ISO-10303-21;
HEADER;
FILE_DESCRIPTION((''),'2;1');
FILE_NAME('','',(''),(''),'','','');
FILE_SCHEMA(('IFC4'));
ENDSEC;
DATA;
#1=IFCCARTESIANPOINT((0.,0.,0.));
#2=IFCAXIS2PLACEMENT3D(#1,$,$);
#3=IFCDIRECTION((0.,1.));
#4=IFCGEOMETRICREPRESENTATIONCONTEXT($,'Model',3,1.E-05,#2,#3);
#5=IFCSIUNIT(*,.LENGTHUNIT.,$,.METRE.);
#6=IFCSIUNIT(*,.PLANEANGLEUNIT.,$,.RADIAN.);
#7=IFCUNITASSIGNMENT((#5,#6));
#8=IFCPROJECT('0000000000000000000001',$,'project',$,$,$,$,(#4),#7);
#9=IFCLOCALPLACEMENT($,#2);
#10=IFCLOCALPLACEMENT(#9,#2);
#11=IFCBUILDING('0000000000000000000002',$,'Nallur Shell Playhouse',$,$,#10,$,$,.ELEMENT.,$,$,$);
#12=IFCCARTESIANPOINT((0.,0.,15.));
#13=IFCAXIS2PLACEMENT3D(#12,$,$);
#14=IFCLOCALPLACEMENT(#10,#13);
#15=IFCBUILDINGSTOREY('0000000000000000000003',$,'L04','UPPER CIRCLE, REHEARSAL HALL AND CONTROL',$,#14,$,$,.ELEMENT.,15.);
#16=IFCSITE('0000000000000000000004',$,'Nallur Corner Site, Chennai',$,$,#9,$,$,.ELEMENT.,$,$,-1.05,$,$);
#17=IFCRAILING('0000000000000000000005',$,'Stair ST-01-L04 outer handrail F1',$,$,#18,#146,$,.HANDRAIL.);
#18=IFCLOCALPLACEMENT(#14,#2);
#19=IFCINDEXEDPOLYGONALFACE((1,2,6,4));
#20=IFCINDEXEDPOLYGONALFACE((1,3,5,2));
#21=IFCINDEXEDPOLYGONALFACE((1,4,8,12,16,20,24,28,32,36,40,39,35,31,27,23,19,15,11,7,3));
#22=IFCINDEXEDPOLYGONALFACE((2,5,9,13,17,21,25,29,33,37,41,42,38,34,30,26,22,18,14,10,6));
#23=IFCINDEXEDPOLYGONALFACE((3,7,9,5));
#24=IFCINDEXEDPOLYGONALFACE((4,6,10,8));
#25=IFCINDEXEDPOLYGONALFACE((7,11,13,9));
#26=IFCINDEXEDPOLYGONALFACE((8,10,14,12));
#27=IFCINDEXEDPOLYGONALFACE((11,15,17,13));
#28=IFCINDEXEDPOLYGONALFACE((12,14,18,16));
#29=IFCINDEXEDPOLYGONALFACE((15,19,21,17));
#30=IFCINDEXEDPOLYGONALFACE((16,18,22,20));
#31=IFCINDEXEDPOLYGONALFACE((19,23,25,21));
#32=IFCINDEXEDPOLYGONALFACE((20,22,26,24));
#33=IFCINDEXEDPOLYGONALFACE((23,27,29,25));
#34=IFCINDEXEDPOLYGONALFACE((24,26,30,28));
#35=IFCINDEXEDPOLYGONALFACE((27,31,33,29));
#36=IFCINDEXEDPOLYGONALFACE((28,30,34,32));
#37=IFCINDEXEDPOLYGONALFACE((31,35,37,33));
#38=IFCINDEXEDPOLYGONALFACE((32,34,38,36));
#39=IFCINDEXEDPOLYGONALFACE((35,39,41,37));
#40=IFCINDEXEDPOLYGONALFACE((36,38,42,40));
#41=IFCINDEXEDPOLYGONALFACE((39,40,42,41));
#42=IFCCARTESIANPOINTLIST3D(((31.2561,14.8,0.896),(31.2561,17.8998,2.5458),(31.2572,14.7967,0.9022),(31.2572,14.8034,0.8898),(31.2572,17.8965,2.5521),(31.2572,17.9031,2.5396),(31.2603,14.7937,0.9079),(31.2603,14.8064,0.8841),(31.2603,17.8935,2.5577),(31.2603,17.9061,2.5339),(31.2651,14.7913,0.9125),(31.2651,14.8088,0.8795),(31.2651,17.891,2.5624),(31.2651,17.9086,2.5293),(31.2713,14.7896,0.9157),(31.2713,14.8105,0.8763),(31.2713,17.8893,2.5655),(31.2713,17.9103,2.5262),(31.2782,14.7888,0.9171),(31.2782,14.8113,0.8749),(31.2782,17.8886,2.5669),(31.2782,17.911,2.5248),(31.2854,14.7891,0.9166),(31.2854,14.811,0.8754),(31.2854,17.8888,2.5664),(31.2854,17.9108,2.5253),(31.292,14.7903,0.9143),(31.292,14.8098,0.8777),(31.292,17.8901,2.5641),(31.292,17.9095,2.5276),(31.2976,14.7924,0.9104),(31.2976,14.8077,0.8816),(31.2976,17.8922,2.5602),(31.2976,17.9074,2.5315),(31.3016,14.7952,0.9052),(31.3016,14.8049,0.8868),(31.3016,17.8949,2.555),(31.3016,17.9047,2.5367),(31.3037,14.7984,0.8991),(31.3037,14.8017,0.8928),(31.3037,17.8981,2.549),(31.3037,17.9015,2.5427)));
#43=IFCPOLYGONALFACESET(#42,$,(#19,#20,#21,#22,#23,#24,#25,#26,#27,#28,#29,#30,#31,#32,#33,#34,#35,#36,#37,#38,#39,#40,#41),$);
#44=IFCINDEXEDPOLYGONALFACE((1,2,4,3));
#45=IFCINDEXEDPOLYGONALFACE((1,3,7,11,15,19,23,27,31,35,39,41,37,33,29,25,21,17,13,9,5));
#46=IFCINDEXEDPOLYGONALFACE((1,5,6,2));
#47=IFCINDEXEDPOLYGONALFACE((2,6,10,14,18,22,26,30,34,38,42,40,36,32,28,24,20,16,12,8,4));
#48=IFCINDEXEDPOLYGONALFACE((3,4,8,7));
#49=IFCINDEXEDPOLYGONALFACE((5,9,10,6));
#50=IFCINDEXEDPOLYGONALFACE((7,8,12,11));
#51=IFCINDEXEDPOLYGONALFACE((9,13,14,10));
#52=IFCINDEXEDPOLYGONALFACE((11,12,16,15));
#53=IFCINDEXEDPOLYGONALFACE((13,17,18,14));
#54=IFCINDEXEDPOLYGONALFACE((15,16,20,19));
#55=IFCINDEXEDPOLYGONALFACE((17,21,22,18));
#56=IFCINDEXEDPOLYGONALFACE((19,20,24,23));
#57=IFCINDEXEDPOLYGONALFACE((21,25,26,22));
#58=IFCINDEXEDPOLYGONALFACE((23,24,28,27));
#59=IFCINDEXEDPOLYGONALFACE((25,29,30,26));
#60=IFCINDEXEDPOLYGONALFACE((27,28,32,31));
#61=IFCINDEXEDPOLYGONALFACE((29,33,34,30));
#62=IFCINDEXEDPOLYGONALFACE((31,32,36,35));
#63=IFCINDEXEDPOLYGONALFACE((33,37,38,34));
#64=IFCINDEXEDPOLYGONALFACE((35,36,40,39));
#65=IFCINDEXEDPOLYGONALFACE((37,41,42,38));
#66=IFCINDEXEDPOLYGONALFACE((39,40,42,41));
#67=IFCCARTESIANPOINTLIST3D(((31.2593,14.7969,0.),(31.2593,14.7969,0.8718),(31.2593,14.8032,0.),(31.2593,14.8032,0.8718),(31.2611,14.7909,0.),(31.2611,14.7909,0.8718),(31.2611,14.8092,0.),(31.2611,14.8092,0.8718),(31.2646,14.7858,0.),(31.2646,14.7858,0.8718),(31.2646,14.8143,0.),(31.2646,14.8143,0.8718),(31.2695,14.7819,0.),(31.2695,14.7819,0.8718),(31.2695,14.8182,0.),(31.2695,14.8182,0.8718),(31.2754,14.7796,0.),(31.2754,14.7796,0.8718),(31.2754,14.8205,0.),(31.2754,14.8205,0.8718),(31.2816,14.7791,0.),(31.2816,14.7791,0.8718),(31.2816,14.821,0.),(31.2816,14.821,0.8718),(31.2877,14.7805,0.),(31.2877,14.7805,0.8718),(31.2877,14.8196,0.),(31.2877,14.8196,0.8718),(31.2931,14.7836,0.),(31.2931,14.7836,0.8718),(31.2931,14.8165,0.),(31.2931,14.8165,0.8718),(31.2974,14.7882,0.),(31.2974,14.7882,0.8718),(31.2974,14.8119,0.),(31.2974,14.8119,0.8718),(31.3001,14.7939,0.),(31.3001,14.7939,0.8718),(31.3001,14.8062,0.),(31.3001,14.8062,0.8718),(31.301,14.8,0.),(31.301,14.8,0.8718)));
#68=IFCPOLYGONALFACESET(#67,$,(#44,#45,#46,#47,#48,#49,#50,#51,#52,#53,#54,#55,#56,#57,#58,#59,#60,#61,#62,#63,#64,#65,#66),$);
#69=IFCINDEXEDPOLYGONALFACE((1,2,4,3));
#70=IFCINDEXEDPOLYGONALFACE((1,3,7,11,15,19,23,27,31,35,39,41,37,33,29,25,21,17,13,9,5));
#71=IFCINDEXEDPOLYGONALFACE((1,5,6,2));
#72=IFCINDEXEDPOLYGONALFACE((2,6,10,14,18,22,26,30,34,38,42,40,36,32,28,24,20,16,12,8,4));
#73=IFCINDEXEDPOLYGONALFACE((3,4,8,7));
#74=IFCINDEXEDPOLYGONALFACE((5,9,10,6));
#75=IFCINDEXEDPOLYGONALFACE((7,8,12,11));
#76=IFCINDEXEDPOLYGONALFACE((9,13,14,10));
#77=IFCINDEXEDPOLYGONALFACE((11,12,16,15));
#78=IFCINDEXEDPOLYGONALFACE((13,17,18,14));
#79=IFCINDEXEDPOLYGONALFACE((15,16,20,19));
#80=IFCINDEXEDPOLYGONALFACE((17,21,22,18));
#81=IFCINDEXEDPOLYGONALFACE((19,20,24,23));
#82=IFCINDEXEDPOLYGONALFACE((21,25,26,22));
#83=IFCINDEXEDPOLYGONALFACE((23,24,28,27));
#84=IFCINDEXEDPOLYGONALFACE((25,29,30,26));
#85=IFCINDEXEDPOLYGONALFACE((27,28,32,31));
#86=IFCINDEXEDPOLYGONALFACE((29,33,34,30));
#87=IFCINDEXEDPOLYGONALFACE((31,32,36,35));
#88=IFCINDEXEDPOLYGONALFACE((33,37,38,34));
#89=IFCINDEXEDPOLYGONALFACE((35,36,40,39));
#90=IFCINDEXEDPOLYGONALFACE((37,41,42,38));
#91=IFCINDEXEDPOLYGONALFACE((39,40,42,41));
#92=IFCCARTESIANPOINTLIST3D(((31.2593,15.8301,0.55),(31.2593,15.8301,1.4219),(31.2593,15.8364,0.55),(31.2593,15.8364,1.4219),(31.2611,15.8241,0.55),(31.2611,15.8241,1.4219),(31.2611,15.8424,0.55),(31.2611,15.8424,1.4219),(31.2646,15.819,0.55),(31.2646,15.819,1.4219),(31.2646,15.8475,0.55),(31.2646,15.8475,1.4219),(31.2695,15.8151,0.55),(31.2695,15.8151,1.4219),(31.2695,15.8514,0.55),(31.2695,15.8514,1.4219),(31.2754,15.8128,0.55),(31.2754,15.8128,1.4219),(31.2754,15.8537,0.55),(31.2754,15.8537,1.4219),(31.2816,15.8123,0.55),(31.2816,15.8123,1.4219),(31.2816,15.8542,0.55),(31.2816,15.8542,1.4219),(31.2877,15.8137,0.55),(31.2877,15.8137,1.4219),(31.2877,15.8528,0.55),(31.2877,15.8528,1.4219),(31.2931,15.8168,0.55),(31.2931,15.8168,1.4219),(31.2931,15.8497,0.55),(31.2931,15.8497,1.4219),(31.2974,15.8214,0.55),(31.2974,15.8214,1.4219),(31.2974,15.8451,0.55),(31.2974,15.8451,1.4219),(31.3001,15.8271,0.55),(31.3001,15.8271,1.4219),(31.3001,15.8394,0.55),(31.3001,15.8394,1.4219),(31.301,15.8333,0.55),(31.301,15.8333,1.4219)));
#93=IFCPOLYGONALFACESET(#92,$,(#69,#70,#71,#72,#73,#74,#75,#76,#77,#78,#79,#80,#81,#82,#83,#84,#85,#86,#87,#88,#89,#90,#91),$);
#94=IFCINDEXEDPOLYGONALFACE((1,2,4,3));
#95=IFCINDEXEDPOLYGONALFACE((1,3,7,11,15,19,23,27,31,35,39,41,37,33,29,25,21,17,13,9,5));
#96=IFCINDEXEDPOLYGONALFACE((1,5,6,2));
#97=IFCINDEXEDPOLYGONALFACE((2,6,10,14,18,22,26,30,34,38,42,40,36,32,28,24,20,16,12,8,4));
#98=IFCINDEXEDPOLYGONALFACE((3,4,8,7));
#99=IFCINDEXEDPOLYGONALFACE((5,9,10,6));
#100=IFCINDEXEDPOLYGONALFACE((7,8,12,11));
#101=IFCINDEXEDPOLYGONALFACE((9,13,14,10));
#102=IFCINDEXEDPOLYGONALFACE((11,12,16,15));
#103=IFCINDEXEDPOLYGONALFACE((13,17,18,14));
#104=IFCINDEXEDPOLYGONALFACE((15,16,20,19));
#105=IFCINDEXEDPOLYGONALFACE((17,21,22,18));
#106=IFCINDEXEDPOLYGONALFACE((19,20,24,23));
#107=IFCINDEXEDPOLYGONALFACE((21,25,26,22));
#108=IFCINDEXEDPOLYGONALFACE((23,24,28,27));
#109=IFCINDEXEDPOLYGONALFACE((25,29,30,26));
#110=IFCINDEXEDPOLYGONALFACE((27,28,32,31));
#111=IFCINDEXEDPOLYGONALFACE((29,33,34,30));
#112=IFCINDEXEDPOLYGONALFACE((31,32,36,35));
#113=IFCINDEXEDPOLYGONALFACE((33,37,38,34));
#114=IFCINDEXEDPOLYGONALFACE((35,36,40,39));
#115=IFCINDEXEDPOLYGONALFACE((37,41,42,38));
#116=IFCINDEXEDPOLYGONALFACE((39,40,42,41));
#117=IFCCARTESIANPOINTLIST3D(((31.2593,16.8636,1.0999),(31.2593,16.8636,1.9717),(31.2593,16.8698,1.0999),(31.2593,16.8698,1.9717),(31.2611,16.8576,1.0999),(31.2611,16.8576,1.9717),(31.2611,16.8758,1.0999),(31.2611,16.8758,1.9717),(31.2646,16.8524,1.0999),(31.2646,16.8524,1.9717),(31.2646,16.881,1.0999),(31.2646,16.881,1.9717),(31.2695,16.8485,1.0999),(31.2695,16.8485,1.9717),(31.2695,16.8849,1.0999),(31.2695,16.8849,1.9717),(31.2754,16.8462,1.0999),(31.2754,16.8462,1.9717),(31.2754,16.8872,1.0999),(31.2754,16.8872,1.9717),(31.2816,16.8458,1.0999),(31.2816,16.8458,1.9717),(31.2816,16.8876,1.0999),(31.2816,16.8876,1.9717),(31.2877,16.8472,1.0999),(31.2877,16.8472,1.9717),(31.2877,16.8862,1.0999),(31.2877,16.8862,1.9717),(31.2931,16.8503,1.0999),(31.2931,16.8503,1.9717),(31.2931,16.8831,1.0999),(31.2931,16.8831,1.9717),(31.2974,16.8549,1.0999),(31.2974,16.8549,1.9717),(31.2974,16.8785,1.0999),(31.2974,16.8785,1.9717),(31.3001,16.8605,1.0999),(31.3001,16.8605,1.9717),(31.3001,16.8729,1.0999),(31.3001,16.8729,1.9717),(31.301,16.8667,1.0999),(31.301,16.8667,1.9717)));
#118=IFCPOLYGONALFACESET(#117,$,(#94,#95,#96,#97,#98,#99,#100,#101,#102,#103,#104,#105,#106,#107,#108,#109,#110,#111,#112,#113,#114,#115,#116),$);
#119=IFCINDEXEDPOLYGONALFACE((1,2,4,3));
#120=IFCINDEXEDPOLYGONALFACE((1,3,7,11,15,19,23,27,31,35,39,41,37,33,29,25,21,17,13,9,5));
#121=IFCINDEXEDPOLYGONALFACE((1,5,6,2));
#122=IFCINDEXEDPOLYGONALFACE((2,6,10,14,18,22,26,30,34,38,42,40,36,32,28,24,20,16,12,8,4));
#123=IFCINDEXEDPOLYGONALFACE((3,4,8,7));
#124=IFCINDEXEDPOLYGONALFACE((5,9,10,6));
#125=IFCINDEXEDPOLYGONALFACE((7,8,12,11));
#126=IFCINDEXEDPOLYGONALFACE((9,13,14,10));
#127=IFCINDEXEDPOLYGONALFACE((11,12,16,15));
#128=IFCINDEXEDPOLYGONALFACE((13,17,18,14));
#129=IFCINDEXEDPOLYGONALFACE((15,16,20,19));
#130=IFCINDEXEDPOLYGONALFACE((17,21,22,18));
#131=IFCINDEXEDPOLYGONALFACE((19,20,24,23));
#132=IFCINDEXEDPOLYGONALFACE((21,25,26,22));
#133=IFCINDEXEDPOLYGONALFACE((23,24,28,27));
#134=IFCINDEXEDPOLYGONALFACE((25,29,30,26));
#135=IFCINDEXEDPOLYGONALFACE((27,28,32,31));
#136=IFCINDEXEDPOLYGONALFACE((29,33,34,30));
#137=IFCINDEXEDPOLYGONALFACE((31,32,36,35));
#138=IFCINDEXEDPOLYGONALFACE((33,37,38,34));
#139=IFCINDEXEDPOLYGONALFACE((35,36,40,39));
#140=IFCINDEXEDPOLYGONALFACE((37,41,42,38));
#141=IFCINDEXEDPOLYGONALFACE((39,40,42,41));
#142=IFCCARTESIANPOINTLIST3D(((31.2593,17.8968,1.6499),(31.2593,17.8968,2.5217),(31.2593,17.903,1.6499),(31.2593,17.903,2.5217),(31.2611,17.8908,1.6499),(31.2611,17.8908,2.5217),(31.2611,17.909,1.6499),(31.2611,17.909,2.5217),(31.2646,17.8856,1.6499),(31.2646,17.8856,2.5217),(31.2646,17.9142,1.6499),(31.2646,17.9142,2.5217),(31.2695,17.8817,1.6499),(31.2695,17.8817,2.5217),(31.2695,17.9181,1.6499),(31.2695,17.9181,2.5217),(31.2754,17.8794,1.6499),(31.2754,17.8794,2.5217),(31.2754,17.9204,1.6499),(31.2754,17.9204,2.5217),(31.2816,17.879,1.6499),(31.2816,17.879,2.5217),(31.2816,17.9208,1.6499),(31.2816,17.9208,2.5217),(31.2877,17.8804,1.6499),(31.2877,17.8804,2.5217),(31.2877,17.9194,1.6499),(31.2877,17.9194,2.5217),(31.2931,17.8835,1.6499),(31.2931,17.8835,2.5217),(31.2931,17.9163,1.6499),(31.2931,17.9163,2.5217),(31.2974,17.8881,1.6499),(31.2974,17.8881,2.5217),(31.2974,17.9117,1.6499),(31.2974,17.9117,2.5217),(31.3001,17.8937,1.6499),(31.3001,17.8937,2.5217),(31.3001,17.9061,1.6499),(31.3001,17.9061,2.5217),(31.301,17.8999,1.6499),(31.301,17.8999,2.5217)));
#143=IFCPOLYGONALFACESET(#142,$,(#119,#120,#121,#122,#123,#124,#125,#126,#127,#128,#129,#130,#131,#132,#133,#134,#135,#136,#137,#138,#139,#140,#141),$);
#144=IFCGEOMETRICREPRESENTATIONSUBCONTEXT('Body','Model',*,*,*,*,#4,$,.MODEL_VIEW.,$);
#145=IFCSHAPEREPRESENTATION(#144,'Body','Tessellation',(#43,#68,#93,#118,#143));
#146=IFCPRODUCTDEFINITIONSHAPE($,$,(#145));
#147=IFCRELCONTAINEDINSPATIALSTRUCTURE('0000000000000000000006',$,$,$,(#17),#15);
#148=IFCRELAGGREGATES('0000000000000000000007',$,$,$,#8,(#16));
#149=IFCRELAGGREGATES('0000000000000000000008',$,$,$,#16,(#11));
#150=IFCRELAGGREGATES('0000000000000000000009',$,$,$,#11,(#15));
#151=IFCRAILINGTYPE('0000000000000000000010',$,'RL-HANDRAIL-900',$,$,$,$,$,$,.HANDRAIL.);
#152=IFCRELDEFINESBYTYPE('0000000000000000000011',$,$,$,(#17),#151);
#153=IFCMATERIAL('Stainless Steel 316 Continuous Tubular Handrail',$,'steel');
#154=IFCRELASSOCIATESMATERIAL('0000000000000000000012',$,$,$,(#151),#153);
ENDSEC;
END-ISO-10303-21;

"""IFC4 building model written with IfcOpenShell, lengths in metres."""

from ifc_helpers import new_model, si_unit, direction, frame, origin, origin_2d, place, context, subcontext, project, spatial, circle, extrude, material, type_object, element, save


model = new_model("IFC4")

# Units and contexts
model_context = context("Model", 3, precision=1e-05, world=origin(), true_north=direction((0.0, 1.0)))
body_context = subcontext(model_context, "Body", "Model", "MODEL_VIEW")
ifc_project = project(units=[si_unit("LENGTHUNIT", "METRE"), si_unit("PLANEANGLEUNIT", "RADIAN")], contexts=[model_context])

# Site, building, storey
site_placement = place(None, origin())
site = spatial("IfcSite", under=ifc_project, at=site_placement, Name="Nallur Corner Site, Chennai", CompositionType="ELEMENT", RefElevation=-1.05)
building_placement = place(site_placement, origin())
building = spatial("IfcBuilding", under=site, at=building_placement, Name="Nallur Shell Playhouse", CompositionType="ELEMENT")
storey_placement = place(building_placement, frame((0.0, 0.0, 15.0)))
storey = spatial("IfcBuildingStorey", under=building, at=storey_placement, Name="L04", Description="UPPER CIRCLE, REHEARSAL HALL AND CONTROL", CompositionType="ELEMENT", Elevation=15.0)

# Railing
ifc_material_1 = material(Name="Stainless Steel 316 Continuous Tubular Handrail", Category="steel")
railing_type_1 = type_object("IfcRailingType", Name="RL-HANDRAIL-900", PredefinedType="HANDRAIL", material=ifc_material_1)
railing_1_placement = place(storey_placement, frame((31.28, 14.8, 0.0)))
element("IfcRailing", 1, at=railing_1_placement, inside=storey, type_object=railing_type_1, Name="Stair ST-01-L04 outer handrail F1", PredefinedType="HANDRAIL", context=body_context, shape_type="SweptSolid", body=[
    extrude(circle(Radius=0.0239, at=origin_2d()), frame((0.0, 0.0, 0.896), z_axis=(0.0, 0.882749, 0.469845), x_axis=(-1.0, 0.0, 0.0)), (0.0, 0.0, 1.0), 3.5115),
    extrude(circle(Radius=0.021, at=origin_2d()), origin(), (0.0, 0.0, 1.0), 0.8718),
    extrude(circle(Radius=0.021, at=origin_2d()), frame((0.0, 1.0332, 0.55)), (0.0, 0.0, 1.0), 0.8718),
    extrude(circle(Radius=0.021, at=origin_2d()), frame((0.0, 2.0667, 1.0999)), (0.0, 0.0, 1.0), 0.8718),
    extrude(circle(Radius=0.021, at=origin_2d()), frame((0.0, 3.0999, 1.6499)), (0.0, 0.0, 1.0), 0.8718),
])

save(model, "model.ifc")
